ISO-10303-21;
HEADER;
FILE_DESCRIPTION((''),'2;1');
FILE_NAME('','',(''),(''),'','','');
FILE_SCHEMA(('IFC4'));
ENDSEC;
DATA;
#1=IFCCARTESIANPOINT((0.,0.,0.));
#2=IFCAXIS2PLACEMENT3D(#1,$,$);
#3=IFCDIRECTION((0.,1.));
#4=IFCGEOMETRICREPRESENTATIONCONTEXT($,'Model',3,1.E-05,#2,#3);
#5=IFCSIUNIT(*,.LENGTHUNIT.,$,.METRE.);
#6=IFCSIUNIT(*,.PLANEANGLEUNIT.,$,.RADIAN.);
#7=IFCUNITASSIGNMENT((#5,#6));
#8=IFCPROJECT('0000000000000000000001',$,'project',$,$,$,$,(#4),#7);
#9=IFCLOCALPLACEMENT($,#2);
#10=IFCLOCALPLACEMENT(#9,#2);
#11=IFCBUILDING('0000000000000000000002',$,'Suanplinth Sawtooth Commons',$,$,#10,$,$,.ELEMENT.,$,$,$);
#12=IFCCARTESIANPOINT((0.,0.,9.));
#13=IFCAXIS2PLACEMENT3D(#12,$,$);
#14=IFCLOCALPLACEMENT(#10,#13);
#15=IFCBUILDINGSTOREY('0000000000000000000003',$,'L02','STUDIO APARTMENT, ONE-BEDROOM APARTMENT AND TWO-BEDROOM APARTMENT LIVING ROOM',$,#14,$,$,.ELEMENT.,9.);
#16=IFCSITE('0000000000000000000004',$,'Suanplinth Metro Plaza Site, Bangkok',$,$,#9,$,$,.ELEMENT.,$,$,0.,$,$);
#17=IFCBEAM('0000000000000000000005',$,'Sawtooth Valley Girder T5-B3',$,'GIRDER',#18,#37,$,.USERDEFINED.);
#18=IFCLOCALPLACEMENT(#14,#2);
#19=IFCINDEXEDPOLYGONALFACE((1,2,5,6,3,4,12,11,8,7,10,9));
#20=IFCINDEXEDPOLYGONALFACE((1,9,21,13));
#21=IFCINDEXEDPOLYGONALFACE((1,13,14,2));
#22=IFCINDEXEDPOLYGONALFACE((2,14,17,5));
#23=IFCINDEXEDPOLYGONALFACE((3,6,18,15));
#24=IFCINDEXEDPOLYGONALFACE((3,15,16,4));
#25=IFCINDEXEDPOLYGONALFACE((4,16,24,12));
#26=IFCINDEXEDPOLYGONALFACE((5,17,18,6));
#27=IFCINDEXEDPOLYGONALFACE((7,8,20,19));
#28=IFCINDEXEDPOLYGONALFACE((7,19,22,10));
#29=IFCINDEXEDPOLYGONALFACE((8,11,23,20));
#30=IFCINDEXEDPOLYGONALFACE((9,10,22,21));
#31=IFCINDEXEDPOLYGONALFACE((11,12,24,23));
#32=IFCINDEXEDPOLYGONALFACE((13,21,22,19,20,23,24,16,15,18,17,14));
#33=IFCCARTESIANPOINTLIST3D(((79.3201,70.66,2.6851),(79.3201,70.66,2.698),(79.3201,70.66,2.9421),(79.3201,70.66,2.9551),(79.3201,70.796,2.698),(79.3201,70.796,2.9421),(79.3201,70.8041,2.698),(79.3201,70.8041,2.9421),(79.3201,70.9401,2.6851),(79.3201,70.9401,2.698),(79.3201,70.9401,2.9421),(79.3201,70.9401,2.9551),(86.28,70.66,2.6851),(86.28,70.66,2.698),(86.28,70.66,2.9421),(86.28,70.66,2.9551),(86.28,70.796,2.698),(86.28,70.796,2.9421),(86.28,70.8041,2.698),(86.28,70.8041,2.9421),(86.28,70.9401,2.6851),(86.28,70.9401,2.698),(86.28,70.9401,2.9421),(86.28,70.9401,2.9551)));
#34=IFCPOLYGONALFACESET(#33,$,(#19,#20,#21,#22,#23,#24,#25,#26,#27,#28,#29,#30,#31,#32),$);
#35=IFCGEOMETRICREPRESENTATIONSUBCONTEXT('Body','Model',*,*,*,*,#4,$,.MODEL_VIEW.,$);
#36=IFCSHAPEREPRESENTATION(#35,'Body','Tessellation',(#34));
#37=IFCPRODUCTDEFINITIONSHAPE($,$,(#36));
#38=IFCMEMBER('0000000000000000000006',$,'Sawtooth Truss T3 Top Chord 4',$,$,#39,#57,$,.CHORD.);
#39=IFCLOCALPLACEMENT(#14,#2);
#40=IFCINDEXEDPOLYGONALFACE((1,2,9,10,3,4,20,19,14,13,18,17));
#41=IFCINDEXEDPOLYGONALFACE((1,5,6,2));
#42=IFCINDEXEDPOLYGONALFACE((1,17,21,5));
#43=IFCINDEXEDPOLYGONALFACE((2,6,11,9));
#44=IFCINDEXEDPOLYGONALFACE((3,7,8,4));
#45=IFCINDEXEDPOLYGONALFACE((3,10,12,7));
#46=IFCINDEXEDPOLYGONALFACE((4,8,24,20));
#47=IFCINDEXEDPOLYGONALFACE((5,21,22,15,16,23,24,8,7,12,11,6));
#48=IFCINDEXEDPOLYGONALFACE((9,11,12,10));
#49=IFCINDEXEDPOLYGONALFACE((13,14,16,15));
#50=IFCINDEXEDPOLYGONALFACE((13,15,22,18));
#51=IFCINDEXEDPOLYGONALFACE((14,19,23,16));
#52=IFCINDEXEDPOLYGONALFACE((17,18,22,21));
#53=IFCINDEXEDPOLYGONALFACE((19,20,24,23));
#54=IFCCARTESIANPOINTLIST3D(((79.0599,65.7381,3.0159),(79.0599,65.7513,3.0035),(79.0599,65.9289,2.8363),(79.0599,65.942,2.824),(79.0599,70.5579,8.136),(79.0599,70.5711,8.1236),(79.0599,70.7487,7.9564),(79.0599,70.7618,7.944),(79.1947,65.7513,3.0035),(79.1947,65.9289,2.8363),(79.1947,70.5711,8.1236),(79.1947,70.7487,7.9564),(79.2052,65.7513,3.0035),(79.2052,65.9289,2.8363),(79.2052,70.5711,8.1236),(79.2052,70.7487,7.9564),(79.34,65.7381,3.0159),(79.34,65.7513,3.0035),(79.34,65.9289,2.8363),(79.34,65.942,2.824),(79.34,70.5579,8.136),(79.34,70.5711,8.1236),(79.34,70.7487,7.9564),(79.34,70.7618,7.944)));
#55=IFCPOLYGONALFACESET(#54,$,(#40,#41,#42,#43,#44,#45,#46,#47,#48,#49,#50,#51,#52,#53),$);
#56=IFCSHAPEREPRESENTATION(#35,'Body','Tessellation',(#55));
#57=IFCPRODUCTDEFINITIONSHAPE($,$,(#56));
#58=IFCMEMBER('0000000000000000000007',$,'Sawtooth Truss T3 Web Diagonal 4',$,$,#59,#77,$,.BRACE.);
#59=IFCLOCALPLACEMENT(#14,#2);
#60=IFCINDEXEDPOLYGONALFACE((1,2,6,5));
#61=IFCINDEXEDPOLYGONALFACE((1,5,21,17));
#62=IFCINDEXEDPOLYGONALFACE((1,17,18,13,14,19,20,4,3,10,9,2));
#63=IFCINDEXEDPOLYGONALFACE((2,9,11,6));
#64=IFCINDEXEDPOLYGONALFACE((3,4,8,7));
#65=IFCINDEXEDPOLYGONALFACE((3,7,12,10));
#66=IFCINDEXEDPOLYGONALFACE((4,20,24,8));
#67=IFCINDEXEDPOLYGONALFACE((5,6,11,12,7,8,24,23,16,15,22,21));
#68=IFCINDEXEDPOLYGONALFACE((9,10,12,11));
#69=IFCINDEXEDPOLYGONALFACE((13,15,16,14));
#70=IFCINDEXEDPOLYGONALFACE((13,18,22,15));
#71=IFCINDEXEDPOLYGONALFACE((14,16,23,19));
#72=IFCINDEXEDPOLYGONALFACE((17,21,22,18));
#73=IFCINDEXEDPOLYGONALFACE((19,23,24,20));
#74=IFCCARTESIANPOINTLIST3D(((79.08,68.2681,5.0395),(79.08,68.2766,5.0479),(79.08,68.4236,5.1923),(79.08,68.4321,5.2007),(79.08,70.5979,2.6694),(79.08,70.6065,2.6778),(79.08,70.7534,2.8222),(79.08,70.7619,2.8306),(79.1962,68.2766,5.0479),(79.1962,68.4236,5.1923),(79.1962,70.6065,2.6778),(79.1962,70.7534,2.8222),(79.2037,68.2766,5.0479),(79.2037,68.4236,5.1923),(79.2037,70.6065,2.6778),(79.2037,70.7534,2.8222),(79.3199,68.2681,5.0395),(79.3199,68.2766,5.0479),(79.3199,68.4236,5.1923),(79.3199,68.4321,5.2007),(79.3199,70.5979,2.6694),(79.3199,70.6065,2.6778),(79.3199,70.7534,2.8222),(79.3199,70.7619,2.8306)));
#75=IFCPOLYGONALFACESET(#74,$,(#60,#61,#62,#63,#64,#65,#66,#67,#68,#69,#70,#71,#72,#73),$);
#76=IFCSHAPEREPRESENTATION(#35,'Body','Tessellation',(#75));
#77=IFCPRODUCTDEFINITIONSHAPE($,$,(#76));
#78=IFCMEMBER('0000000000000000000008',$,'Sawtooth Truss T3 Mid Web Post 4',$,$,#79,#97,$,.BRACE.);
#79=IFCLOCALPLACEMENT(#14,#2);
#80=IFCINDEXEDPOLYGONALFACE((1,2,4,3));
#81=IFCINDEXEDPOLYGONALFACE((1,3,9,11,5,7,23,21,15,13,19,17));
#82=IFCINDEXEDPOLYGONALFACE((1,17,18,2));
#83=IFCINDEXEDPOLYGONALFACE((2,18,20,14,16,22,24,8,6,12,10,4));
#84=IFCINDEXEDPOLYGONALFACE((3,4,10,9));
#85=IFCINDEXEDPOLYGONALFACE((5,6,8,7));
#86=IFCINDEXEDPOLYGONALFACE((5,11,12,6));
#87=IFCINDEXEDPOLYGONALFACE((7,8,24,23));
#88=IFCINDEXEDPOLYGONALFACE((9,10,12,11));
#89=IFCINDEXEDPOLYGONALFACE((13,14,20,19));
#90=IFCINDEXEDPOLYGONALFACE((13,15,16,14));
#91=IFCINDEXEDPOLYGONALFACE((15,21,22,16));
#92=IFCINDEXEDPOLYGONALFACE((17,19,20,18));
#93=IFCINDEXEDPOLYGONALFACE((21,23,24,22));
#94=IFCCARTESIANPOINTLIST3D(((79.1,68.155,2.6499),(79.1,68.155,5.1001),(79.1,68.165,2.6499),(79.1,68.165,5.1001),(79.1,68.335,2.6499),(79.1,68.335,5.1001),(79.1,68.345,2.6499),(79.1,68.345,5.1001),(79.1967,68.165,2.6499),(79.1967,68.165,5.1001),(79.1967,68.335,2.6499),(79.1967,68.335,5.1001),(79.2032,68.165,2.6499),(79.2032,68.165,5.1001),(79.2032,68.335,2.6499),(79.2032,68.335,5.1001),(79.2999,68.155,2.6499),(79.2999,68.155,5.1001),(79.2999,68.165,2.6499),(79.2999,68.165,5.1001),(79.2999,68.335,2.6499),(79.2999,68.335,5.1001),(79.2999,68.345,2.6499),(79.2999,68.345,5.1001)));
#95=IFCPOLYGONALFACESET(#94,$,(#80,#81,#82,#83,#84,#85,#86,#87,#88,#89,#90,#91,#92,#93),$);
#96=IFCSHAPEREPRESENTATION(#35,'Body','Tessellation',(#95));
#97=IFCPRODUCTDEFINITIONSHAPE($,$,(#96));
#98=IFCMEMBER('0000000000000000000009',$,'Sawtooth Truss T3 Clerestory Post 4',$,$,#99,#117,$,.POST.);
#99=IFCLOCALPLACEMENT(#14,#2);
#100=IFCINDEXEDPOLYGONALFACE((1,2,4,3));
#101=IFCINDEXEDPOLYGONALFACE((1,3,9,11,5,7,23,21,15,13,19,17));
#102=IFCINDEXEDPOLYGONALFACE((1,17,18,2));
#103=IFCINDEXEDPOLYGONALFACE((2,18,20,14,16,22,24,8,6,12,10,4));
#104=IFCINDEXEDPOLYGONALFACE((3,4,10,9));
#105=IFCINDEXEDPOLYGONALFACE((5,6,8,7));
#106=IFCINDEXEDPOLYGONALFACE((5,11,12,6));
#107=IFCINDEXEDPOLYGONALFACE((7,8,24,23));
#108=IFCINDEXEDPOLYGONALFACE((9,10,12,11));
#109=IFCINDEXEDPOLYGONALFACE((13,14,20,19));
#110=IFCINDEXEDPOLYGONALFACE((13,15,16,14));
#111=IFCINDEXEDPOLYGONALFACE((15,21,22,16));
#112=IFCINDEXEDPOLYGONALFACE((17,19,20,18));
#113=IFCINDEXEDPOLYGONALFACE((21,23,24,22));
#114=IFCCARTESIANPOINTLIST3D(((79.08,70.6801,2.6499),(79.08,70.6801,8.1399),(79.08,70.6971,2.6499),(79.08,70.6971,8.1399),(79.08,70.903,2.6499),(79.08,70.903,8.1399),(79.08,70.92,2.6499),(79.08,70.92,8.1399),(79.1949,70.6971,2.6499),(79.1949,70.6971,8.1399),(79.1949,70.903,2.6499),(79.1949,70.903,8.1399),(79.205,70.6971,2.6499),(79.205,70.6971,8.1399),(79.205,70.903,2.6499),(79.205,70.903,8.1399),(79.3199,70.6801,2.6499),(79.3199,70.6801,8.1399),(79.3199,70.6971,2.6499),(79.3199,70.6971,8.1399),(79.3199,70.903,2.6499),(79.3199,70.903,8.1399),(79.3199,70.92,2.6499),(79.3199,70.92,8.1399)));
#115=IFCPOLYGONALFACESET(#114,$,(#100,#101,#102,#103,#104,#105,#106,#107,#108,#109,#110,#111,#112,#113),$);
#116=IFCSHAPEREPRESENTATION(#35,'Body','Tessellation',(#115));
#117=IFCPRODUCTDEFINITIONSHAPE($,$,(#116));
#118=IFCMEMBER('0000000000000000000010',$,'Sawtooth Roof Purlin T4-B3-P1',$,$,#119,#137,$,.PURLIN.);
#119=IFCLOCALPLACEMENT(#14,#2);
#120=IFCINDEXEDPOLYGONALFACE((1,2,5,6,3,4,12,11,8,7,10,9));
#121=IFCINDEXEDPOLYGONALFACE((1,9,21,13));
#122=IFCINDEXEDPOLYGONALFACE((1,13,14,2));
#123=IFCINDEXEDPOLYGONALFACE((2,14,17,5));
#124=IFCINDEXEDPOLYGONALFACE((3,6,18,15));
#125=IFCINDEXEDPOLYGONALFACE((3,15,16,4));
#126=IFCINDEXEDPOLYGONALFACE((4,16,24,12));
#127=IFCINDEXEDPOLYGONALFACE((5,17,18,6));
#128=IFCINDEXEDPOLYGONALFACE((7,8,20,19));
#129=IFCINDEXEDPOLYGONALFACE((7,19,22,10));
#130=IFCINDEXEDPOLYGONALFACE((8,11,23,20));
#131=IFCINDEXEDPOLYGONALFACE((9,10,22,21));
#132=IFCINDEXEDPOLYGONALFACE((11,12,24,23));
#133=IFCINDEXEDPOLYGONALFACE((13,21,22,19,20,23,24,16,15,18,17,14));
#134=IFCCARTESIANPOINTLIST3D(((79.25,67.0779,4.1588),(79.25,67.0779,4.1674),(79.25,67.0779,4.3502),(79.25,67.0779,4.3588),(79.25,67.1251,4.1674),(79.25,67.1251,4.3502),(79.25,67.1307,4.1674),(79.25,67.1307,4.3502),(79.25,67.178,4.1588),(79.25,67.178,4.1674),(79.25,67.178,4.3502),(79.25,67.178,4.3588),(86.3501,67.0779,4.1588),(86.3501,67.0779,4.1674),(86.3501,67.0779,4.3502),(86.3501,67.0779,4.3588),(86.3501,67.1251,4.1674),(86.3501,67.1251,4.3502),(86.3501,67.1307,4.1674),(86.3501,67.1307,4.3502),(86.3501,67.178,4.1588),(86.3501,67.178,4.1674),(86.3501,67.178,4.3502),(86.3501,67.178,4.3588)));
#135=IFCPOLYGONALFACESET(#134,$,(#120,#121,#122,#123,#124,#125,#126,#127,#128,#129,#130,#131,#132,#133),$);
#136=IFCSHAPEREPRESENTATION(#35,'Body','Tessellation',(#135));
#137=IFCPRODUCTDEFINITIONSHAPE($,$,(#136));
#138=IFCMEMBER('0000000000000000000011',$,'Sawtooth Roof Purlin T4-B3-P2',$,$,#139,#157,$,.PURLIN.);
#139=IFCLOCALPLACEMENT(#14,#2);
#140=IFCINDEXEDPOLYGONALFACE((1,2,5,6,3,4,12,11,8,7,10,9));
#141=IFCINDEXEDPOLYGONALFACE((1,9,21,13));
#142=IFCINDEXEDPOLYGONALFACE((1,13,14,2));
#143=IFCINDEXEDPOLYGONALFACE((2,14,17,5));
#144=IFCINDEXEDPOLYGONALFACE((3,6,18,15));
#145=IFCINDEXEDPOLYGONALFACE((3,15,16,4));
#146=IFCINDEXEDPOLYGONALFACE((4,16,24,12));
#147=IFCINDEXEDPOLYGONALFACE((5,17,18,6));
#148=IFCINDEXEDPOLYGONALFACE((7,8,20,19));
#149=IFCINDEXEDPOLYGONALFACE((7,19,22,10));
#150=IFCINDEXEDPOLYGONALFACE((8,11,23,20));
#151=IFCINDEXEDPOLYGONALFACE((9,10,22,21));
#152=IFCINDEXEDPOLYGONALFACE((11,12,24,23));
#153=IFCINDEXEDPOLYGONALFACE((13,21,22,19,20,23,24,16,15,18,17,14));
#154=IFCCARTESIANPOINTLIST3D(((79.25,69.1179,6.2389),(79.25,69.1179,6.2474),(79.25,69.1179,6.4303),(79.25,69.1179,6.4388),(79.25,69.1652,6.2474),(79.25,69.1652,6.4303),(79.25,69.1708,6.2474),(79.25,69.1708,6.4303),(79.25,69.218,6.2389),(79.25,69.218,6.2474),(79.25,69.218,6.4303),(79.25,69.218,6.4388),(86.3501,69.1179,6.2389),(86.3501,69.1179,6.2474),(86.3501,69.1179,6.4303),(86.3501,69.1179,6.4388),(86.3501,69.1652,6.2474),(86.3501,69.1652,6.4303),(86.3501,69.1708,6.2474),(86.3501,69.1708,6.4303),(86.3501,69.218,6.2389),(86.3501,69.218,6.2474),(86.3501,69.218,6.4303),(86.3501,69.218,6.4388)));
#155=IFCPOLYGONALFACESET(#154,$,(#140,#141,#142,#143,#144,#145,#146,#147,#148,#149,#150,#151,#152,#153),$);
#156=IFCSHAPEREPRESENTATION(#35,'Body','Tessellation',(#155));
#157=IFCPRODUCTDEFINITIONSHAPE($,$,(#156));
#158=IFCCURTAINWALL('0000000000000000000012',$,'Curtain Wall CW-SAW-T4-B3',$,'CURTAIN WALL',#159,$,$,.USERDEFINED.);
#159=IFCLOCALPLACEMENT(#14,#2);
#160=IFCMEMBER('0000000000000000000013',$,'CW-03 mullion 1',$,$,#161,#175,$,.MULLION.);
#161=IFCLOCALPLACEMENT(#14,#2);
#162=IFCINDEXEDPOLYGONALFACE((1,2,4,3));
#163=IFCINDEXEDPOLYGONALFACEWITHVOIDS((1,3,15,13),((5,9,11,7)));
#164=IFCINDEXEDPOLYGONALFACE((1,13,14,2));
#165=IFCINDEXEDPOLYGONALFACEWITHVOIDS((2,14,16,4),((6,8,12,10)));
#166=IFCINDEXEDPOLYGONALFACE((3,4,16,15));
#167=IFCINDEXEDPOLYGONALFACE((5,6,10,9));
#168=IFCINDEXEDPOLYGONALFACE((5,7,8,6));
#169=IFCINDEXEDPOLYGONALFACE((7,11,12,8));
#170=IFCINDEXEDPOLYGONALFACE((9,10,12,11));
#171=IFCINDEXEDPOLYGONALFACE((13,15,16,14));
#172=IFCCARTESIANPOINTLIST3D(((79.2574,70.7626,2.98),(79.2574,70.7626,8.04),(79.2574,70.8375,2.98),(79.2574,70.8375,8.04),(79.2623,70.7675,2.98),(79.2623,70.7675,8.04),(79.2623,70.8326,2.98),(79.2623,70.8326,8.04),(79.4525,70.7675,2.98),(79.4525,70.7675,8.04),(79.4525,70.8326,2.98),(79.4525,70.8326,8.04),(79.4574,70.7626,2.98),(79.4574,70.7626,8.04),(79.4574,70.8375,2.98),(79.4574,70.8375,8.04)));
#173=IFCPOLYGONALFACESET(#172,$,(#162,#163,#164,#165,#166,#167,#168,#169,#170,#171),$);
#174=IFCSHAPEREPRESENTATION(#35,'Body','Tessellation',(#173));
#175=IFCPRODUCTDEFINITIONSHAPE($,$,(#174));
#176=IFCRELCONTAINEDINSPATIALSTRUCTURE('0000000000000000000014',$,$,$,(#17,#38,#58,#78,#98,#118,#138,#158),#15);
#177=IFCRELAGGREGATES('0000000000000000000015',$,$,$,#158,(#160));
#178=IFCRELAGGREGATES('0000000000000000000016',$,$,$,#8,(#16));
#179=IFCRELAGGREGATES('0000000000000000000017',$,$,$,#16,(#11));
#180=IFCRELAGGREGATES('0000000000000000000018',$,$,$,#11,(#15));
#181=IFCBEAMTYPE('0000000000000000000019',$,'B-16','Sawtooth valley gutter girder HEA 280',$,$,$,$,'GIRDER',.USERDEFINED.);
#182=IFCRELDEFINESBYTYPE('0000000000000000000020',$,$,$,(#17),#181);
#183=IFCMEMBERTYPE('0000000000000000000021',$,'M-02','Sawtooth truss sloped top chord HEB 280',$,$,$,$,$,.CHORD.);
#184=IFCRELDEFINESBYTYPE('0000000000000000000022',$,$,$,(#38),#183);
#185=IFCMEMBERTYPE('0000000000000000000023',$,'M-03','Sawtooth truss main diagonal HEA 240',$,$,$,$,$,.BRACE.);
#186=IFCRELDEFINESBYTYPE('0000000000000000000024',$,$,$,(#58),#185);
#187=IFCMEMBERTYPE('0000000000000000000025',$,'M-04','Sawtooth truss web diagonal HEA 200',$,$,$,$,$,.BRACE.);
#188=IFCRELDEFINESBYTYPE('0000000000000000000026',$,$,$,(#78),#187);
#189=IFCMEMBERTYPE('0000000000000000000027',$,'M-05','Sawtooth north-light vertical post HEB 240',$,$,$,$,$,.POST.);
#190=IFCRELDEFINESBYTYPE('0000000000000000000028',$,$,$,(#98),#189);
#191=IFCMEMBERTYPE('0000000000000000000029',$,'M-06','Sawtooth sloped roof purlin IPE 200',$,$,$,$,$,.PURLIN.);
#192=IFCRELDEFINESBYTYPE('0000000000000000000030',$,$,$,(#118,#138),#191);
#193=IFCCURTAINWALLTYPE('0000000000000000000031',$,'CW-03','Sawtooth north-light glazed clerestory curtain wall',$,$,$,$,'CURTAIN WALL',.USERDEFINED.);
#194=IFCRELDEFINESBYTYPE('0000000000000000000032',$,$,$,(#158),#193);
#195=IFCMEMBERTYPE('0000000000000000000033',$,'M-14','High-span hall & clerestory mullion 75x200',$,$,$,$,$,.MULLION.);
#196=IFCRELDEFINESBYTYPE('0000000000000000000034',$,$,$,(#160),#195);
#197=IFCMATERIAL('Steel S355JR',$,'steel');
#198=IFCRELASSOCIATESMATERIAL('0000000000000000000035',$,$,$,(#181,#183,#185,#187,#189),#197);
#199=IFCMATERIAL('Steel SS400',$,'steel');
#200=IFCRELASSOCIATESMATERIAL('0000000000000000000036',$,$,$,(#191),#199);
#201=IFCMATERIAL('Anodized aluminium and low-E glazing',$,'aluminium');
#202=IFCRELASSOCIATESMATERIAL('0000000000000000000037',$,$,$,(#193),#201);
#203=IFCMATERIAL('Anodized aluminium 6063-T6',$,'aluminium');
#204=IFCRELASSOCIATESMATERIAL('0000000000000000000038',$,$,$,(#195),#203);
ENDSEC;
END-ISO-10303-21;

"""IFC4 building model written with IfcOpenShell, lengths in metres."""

from ifc_helpers import new_model, si_unit, direction, frame, origin, origin_2d, place, context, subcontext, project, spatial, hollow_rectangle, i_section, extrude, material, material_profile, profile_set, type_object, element, aggregate, save


model = new_model("IFC4")

# Units and contexts
model_context = context("Model", 3, precision=1e-05, world=origin(), true_north=direction((0.0, 1.0)))
body_context = subcontext(model_context, "Body", "Model", "MODEL_VIEW")
ifc_project = project(units=[si_unit("LENGTHUNIT", "METRE"), si_unit("PLANEANGLEUNIT", "RADIAN")], contexts=[model_context])

# Site, building, storey
site_placement = place(None, origin())
site = spatial("IfcSite", under=ifc_project, at=site_placement, Name="Suanplinth Metro Plaza Site, Bangkok", CompositionType="ELEMENT", RefElevation=0.0)
building_placement = place(site_placement, origin())
building = spatial("IfcBuilding", under=site, at=building_placement, Name="Suanplinth Sawtooth Commons", CompositionType="ELEMENT")
storey_placement = place(building_placement, frame((0.0, 0.0, 9.0)))
storey = spatial("IfcBuildingStorey", under=building, at=storey_placement, Name="L02", Description="STUDIO APARTMENT, ONE-BEDROOM APARTMENT AND TWO-BEDROOM APARTMENT LIVING ROOM", CompositionType="ELEMENT", Elevation=9.0)

# Beam
ifc_material_1 = material(Name="Steel S355JR", Category="steel")
ifc_material_profile_1 = material_profile(ifc_material_1, i_section(OverallWidth=0.28, OverallDepth=0.27, WebThickness=0.0081, FlangeThickness=0.0129, at=origin_2d()), Name="HEA 280")
ifc_profile_set_1 = profile_set([ifc_material_profile_1], Name="Steel S355JR")
beam_type = type_object("IfcBeamType", Name="B-16", Description="Sawtooth valley gutter girder HEA 280", ElementType="GIRDER", PredefinedType="USERDEFINED", material=ifc_profile_set_1)
beam_placement = place(storey_placement, frame((79.3201, 70.8, 2.8201), z_axis=(1.0, 0.0, 0.0), x_axis=(0.0, 1.0, 0.0)))
element("IfcBeam", 1, at=beam_placement, inside=storey, type_object=beam_type, Name="Sawtooth Valley Girder T5-B3", ObjectType="GIRDER", PredefinedType="USERDEFINED", context=body_context, shape_type="SweptSolid", body=[
    extrude(i_section(OverallWidth=0.28, OverallDepth=0.27, WebThickness=0.0081, FlangeThickness=0.0129, at=origin_2d()), origin(), (0.0, 0.0, 1.0), 6.96),
])

# Members
ifc_material_profile_2 = material_profile(ifc_material_1, i_section(OverallWidth=0.28, OverallDepth=0.28, WebThickness=0.0105, FlangeThickness=0.0181, at=origin_2d()), Name="HEB 280")
ifc_profile_set_2 = profile_set([ifc_material_profile_2], Name="Steel S355JR")
member_type_1 = type_object("IfcMemberType", Name="M-02", Description="Sawtooth truss sloped top chord HEB 280", PredefinedType="CHORD", material=ifc_profile_set_2)
member_1_placement = place(storey_placement, frame((79.2, 65.8401, 2.9199), z_axis=(0.0, 0.685432, 0.728137), x_axis=(-1.0, 0.0, 0.0)))
element("IfcMember", 2, at=member_1_placement, inside=storey, type_object=member_type_1, Name="Sawtooth Truss T3 Top Chord 4", PredefinedType="CHORD", context=body_context, shape_type="SweptSolid", body=[
    extrude(i_section(OverallWidth=0.28, OverallDepth=0.28, WebThickness=0.0105, FlangeThickness=0.0181, at=origin_2d()), origin(), (0.0, 0.0, 1.0), 7.0317),
])
ifc_material_profile_3 = material_profile(ifc_material_1, i_section(OverallWidth=0.24, OverallDepth=0.23, WebThickness=0.0076, FlangeThickness=0.012, at=origin_2d()), Name="HEA 240")
ifc_profile_set_3 = profile_set([ifc_material_profile_3], Name="Steel S355JR")
member_type_2 = type_object("IfcMemberType", Name="M-03", Description="Sawtooth truss main diagonal HEA 240", PredefinedType="BRACE", material=ifc_profile_set_3)
member_2_placement = place(storey_placement, frame((79.2, 68.3501, 5.1201), z_axis=(0.0, 0.70102, -0.713141), x_axis=(-1.0, 0.0, 0.0)))
element("IfcMember", 3, at=member_2_placement, inside=storey, type_object=member_type_2, Name="Sawtooth Truss T3 Web Diagonal 4", PredefinedType="BRACE", context=body_context, shape_type="SweptSolid", body=[
    extrude(i_section(OverallWidth=0.24, OverallDepth=0.23, WebThickness=0.0076, FlangeThickness=0.012, at=origin_2d()), origin(), (0.0, 0.0, 1.0), 3.3235),
])
ifc_material_profile_4 = material_profile(ifc_material_1, i_section(OverallWidth=0.2, OverallDepth=0.1899, WebThickness=0.0066, FlangeThickness=0.01, at=origin_2d()), Name="HEA 200")
ifc_profile_set_4 = profile_set([ifc_material_profile_4], Name="Steel S355JR")
member_type_3 = type_object("IfcMemberType", Name="M-04", Description="Sawtooth truss web diagonal HEA 200", PredefinedType="BRACE", material=ifc_profile_set_4)
member_3_placement = place(storey_placement, frame((79.2, 68.25, 2.6499), z_axis=(0.0, 0.0, 1.0), x_axis=(1.0, 0.0, 0.0)))
element("IfcMember", 4, at=member_3_placement, inside=storey, type_object=member_type_3, Name="Sawtooth Truss T3 Mid Web Post 4", PredefinedType="BRACE", context=body_context, shape_type="SweptSolid", body=[
    extrude(i_section(OverallWidth=0.2, OverallDepth=0.1899, WebThickness=0.0066, FlangeThickness=0.01, at=origin_2d()), origin(), (0.0, 0.0, 1.0), 2.4502),
])
ifc_material_profile_5 = material_profile(ifc_material_1, i_section(OverallWidth=0.24, OverallDepth=0.24, WebThickness=0.01, FlangeThickness=0.0171, at=origin_2d()), Name="HEB 240")
ifc_profile_set_5 = profile_set([ifc_material_profile_5], Name="Steel S355JR")
member_type_4 = type_object("IfcMemberType", Name="M-05", Description="Sawtooth north-light vertical post HEB 240", PredefinedType="POST", material=ifc_profile_set_5)
member_4_placement = place(storey_placement, frame((79.2, 70.8, 2.6499), z_axis=(0.0, 0.0, 1.0), x_axis=(1.0, 0.0, 0.0)))
element("IfcMember", 5, at=member_4_placement, inside=storey, type_object=member_type_4, Name="Sawtooth Truss T3 Clerestory Post 4", PredefinedType="POST", context=body_context, shape_type="SweptSolid", body=[
    extrude(i_section(OverallWidth=0.24, OverallDepth=0.24, WebThickness=0.01, FlangeThickness=0.0171, at=origin_2d()), origin(), (0.0, 0.0, 1.0), 5.49),
])
ifc_material_2 = material(Name="Steel SS400", Category="steel")
ifc_material_profile_6 = material_profile(ifc_material_2, i_section(OverallWidth=0.1001, OverallDepth=0.2, WebThickness=0.0056, FlangeThickness=0.0085, at=origin_2d()), Name="IPE 200")
ifc_profile_set_6 = profile_set([ifc_material_profile_6], Name="Steel SS400")
member_type_5 = type_object("IfcMemberType", Name="M-06", Description="Sawtooth sloped roof purlin IPE 200", PredefinedType="PURLIN", material=ifc_profile_set_6)
for number, where, z_axis, x_axis, name in (
    (6, (79.25, 67.1279, 4.2588), (1.0, 0.0, 0.0), (0.0, 1.0, 0.0), "Sawtooth Roof Purlin T4-B3-P1"),
    (7, (79.25, 69.168, 6.3389), (1.0, 0.0, 0.0), (0.0, 1.0, 0.0), "Sawtooth Roof Purlin T4-B3-P2"),
):
    element("IfcMember", number, at=place(storey_placement, frame(where, z_axis=z_axis, x_axis=x_axis)), inside=storey, type_object=member_type_5, Name=name, PredefinedType="PURLIN", context=body_context, shape_type="SweptSolid", body=[
        extrude(i_section(OverallWidth=0.1001, OverallDepth=0.2, WebThickness=0.0056, FlangeThickness=0.0085, at=origin_2d()), origin(), (0.0, 0.0, 1.0), 7.1001),
    ])

# Curtain wall, member
ifc_material_3 = material(Name="Anodized aluminium and low-E glazing", Category="aluminium")
curtain_wall_type = type_object("IfcCurtainWallType", Name="CW-03", Description="Sawtooth north-light glazed clerestory curtain wall", ElementType="CURTAIN WALL", PredefinedType="USERDEFINED", material=ifc_material_3)
curtain_wall_1_placement = place(storey_placement, origin())
curtain_wall_1 = element("IfcCurtainWall", 8, at=curtain_wall_1_placement, inside=storey, type_object=curtain_wall_type, Name="Curtain Wall CW-SAW-T4-B3", ObjectType="CURTAIN WALL", PredefinedType="USERDEFINED")
ifc_material_4 = material(Name="Anodized aluminium 6063-T6", Category="aluminium")
ifc_material_profile_7 = material_profile(ifc_material_4, hollow_rectangle(XDim=0.075, YDim=0.2, WallThickness=0.0049, at=origin_2d()), Name="ALU-MUL 75x200")
ifc_profile_set_7 = profile_set([ifc_material_profile_7], Name="Anodized aluminium 6063-T6")
member_type_6 = type_object("IfcMemberType", Name="M-14", Description="High-span hall & clerestory mullion 75x200", PredefinedType="MULLION", material=ifc_profile_set_7)
member_5_placement = place(storey_placement, frame((79.3574, 70.8, 2.98), z_axis=(0.0, 0.0, 1.0), x_axis=(0.0, 1.0, 0.0)))
member_5 = element("IfcMember", 9, at=member_5_placement, type_object=member_type_6, Name="CW-03 mullion 1", PredefinedType="MULLION", context=body_context, shape_type="SweptSolid", body=[
    extrude(hollow_rectangle(XDim=0.075, YDim=0.2, WallThickness=0.0049, at=origin_2d()), origin(), (0.0, 0.0, 1.0), 5.0601),
])

aggregate(curtain_wall_1, [member_5])

save(model, "model.ifc")
